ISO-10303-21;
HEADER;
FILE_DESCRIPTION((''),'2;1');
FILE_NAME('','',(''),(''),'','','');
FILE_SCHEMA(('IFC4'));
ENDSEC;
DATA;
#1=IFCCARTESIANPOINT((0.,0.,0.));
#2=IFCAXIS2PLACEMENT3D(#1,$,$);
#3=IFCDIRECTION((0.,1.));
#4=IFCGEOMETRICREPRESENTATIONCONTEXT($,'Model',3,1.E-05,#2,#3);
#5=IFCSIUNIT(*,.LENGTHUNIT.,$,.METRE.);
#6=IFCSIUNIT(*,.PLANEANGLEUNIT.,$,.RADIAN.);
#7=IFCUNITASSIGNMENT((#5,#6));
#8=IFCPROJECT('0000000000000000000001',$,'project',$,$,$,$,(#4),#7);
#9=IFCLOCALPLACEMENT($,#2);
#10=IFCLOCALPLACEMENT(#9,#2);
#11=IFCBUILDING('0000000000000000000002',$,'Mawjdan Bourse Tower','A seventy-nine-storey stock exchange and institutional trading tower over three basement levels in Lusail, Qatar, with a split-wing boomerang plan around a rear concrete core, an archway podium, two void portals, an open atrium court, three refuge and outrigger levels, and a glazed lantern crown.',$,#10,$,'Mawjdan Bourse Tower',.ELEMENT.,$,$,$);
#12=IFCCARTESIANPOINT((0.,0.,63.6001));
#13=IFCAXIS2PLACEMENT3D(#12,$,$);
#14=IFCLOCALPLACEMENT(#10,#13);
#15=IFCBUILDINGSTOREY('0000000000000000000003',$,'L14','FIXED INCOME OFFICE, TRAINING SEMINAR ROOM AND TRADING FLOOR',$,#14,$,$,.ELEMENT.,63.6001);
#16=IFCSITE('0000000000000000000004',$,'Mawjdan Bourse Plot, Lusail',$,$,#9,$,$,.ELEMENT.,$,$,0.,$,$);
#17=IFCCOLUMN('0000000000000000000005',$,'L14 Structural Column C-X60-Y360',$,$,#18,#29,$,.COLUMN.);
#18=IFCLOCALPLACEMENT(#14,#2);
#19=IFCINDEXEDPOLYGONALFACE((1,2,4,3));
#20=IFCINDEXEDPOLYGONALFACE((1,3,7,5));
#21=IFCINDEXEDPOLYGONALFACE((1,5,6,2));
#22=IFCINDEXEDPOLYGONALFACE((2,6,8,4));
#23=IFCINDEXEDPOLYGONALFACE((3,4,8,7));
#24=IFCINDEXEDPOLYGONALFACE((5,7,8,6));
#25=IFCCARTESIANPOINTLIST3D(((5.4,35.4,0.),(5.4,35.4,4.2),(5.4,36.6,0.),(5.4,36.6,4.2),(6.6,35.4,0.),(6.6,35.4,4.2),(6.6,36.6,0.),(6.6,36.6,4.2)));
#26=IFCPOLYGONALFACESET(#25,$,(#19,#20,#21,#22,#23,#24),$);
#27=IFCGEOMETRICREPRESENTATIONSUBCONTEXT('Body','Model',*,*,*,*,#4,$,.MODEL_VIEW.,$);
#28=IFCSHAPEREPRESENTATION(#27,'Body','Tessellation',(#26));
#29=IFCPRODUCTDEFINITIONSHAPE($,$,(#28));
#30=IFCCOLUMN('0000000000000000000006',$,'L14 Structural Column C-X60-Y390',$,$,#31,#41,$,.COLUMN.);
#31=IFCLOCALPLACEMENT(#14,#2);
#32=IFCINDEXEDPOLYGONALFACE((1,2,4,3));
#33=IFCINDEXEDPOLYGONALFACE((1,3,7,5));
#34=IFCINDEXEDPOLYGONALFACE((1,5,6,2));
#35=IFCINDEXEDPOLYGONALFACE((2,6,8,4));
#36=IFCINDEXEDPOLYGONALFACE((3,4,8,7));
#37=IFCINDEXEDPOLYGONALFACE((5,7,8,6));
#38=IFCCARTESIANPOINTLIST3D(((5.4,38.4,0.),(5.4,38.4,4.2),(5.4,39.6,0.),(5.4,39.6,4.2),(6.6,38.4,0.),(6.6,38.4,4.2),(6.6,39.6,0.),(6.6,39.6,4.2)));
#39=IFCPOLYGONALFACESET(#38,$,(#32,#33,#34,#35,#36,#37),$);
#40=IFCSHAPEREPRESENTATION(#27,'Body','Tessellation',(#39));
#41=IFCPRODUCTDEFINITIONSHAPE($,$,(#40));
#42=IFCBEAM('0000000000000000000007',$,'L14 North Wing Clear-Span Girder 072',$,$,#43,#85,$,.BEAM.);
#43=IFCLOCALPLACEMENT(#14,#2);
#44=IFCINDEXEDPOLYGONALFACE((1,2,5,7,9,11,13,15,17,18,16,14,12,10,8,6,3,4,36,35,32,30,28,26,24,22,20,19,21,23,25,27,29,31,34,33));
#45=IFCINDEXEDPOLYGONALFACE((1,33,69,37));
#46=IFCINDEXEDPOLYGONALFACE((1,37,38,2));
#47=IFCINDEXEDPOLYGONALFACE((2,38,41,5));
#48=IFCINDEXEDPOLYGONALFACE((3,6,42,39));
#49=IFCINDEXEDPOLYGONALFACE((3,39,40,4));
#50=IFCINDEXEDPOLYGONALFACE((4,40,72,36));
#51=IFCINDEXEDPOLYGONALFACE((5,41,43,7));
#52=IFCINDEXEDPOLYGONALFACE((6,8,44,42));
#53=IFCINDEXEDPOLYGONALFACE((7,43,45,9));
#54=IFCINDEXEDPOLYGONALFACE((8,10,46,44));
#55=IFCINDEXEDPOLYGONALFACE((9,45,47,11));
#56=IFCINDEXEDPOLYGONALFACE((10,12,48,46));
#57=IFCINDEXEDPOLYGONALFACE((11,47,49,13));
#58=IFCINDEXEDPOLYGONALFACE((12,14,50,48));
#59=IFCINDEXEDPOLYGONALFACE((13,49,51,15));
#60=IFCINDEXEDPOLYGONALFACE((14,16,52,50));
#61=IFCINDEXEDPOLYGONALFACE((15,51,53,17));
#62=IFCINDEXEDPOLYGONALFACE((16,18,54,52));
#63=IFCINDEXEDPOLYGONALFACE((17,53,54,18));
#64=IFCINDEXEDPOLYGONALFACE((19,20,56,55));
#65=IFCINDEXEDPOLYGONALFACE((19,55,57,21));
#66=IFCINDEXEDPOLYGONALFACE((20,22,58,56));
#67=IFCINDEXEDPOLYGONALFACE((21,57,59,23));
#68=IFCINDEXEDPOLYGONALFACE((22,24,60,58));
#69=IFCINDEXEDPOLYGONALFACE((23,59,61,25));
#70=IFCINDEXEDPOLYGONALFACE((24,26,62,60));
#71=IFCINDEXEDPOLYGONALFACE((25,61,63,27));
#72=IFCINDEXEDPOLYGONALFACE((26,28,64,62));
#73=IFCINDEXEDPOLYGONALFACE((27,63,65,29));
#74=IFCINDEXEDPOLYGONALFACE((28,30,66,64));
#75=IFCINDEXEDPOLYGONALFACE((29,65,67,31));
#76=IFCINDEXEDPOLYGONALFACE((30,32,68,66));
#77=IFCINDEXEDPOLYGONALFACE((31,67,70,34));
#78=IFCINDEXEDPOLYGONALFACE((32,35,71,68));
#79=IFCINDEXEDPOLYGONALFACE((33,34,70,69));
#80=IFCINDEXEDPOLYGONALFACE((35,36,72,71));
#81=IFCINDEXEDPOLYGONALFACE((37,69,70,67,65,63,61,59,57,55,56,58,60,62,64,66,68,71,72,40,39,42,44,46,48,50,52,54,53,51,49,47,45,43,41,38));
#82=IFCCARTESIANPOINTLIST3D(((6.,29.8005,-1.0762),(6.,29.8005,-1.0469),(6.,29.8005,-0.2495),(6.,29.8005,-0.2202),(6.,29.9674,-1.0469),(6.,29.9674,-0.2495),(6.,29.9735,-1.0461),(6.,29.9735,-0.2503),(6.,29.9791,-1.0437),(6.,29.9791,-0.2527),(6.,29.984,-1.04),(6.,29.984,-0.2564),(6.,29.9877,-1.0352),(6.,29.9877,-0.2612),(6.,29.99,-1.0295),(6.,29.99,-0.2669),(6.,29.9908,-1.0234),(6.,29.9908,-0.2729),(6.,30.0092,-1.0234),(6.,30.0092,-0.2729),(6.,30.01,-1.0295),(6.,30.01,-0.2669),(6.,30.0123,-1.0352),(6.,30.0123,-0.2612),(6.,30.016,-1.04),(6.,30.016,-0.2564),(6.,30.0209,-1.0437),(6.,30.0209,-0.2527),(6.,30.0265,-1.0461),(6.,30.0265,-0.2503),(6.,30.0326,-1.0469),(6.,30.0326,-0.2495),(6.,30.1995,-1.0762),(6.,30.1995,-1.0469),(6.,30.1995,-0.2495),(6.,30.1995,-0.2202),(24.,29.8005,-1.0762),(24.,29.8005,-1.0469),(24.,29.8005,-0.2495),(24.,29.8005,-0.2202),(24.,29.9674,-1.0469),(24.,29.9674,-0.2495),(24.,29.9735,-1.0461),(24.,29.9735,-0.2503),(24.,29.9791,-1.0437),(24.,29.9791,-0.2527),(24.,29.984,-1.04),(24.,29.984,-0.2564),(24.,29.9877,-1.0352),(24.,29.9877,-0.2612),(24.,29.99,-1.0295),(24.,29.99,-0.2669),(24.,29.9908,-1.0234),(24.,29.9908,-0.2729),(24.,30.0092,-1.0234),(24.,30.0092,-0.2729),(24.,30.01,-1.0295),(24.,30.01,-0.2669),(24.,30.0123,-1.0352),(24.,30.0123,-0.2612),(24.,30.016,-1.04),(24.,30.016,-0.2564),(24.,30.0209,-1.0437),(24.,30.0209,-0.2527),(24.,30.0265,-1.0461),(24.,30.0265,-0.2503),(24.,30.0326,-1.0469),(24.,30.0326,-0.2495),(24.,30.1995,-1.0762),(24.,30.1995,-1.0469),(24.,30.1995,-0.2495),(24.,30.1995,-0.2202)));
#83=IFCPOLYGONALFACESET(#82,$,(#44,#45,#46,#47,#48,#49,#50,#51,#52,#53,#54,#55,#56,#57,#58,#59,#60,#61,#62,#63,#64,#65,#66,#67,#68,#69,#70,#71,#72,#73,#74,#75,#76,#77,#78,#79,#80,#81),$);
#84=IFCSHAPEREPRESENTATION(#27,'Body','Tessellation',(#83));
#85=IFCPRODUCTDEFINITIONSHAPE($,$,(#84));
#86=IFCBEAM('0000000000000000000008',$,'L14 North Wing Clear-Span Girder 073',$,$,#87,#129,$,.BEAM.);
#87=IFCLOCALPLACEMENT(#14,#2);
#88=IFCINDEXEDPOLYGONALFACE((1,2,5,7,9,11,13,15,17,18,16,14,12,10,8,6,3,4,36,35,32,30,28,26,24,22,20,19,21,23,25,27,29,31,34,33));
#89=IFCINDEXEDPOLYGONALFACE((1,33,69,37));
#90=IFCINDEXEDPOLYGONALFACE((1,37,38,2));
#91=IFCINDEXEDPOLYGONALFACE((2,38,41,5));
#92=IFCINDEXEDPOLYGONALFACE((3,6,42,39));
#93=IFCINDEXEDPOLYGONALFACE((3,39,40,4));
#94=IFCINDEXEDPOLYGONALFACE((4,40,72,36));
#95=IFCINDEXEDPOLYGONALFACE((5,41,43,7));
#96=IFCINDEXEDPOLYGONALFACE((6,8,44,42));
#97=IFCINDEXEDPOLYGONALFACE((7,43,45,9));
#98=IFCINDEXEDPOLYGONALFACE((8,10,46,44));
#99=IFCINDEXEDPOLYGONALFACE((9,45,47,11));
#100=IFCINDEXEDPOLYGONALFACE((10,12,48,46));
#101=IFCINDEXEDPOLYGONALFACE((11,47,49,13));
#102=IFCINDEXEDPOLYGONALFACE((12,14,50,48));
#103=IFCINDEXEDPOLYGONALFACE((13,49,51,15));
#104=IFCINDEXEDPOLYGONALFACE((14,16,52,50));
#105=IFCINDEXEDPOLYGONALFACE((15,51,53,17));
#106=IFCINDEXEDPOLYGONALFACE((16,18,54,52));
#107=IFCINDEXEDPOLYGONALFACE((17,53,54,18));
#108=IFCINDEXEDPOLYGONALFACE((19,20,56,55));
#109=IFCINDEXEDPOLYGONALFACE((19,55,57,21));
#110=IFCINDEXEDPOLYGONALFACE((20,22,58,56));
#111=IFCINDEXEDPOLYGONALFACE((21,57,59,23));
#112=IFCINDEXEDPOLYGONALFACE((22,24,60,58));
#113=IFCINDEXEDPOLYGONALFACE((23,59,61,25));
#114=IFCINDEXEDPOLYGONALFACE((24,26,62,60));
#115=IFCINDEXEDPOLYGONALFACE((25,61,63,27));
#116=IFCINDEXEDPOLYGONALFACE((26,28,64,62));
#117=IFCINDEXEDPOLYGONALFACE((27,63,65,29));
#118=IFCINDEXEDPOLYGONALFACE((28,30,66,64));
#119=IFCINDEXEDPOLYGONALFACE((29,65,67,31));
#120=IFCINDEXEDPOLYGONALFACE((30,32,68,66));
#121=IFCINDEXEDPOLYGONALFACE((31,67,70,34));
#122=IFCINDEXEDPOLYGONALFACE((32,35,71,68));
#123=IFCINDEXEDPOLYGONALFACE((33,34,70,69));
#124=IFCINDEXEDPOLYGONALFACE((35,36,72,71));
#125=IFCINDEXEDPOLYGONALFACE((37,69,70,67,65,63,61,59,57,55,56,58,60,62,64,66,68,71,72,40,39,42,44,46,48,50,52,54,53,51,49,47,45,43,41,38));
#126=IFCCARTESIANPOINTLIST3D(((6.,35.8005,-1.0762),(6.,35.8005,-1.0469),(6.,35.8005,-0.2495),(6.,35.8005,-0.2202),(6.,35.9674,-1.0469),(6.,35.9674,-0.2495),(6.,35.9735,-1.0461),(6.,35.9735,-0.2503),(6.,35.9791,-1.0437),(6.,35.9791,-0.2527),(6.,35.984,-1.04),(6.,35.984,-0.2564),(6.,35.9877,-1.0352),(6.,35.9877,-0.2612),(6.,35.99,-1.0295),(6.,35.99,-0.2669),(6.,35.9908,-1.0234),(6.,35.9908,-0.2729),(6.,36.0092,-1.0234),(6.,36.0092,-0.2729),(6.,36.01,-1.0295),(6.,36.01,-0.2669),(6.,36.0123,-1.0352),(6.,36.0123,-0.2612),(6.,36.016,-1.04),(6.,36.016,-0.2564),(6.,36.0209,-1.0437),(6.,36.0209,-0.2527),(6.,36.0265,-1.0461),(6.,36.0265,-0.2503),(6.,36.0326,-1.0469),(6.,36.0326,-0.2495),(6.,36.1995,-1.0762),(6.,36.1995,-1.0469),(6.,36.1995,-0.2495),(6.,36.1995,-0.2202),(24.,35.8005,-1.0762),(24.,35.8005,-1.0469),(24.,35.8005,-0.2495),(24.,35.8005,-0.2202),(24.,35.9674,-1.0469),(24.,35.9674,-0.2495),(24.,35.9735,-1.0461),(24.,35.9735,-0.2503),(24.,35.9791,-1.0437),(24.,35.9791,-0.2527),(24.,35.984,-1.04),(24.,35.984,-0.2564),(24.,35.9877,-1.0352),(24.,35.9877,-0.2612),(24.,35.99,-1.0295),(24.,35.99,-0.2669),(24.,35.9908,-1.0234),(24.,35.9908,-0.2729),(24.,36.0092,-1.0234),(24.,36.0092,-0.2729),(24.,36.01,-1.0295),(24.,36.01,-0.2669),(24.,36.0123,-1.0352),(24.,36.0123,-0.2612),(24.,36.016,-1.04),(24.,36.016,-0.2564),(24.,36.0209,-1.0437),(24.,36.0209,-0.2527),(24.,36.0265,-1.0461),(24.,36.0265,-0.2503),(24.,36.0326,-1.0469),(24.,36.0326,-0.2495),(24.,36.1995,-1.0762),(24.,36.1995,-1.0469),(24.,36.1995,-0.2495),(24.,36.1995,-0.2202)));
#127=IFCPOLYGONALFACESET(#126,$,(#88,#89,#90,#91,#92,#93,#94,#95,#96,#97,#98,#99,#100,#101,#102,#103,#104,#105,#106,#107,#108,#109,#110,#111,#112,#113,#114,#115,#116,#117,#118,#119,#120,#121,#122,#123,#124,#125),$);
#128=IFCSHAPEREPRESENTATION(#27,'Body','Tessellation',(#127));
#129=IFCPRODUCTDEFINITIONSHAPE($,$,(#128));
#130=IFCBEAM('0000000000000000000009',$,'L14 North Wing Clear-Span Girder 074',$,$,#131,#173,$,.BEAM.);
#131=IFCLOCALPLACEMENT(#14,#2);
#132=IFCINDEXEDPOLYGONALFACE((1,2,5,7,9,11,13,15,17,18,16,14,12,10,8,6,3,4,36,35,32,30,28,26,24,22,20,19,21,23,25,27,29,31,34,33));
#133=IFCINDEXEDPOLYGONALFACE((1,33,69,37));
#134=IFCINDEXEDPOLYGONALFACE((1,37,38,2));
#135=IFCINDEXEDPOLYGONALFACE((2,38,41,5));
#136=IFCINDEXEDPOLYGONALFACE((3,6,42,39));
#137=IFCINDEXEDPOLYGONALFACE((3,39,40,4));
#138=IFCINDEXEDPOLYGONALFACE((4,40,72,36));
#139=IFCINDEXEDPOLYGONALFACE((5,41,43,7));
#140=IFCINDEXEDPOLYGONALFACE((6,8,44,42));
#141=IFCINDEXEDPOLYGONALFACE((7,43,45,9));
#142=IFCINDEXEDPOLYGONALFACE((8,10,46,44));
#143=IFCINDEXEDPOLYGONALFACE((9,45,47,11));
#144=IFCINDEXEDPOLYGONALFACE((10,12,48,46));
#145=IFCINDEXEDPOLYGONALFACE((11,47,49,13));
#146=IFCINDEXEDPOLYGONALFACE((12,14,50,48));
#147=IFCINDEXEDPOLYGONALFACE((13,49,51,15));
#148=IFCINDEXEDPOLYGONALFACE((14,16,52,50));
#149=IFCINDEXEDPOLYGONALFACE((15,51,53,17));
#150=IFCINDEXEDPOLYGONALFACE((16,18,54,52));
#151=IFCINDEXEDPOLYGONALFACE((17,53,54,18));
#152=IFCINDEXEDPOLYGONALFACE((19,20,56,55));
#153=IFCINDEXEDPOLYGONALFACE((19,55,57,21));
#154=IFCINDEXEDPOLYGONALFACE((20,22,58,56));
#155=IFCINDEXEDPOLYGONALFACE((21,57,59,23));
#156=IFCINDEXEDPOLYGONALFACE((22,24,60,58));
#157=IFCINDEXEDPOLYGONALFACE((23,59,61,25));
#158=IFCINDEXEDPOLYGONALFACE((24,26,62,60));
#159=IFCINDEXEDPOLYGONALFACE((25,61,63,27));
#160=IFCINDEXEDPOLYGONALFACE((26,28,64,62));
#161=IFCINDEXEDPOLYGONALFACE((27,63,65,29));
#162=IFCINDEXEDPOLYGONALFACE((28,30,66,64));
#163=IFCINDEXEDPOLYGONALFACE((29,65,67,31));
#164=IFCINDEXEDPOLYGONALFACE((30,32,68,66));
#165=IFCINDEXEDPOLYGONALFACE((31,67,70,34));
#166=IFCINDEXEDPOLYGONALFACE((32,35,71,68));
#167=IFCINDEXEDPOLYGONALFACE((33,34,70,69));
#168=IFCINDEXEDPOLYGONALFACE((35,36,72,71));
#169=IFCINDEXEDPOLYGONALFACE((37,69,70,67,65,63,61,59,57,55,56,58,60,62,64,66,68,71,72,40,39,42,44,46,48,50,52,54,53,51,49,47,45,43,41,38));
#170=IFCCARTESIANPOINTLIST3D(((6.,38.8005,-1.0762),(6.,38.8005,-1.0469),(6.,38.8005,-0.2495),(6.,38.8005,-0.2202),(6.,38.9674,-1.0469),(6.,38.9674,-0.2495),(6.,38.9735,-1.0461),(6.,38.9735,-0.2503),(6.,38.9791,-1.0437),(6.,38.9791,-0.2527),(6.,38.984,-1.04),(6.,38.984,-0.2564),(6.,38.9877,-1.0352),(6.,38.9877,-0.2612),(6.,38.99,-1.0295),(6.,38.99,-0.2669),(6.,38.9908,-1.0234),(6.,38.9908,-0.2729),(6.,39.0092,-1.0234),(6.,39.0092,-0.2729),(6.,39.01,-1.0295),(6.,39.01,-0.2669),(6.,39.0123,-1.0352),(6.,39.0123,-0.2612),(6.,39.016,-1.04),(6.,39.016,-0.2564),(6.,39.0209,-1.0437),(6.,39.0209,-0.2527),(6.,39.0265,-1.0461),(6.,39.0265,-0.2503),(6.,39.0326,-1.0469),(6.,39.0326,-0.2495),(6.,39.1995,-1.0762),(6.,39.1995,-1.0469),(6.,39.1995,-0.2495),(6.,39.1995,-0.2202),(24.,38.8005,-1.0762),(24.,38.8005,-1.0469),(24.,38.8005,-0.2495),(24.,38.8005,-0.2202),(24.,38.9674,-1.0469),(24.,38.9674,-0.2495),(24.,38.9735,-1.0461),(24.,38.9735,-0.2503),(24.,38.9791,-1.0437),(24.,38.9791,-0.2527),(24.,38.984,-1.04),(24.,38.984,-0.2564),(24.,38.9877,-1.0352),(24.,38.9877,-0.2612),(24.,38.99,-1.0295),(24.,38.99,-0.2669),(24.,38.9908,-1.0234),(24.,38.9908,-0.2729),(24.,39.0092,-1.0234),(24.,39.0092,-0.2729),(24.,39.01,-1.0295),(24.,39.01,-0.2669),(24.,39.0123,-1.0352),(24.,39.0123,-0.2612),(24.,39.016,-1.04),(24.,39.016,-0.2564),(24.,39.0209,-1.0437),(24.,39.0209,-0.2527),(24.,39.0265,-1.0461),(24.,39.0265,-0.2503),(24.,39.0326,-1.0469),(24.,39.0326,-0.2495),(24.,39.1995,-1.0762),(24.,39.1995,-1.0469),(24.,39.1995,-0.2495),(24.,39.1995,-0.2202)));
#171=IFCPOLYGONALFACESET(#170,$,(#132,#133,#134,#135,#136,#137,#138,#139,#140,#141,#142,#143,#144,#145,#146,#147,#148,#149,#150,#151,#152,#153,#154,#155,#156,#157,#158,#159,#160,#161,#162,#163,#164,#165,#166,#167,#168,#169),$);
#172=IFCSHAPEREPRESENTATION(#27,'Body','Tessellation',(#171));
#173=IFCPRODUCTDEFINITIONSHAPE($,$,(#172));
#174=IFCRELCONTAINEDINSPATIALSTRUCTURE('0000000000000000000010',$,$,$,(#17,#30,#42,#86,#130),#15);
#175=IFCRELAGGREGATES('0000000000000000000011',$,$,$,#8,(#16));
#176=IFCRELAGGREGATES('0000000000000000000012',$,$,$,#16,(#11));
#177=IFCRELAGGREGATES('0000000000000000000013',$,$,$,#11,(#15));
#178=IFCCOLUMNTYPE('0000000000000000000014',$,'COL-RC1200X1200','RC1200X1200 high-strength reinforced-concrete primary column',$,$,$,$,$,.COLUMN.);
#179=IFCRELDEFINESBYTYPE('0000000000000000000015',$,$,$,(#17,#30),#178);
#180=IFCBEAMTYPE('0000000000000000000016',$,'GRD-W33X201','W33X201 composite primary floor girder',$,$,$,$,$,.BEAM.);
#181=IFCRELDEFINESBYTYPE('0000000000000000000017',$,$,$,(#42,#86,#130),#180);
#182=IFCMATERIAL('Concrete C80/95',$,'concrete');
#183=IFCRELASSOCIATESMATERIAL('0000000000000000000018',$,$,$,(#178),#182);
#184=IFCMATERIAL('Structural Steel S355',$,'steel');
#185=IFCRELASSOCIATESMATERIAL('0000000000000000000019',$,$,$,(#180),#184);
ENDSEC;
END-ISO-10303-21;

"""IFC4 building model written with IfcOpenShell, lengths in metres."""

from ifc_helpers import new_model, si_unit, direction, frame, origin, origin_2d, place, context, subcontext, project, spatial, rectangle, i_section, extrude, material, material_profile, profile_set, type_object, element, save


model = new_model("IFC4")

# Units and contexts
model_context = context("Model", 3, precision=1e-05, world=origin(), true_north=direction((0.0, 1.0)))
body_context = subcontext(model_context, "Body", "Model", "MODEL_VIEW")
ifc_project = project(units=[si_unit("LENGTHUNIT", "METRE"), si_unit("PLANEANGLEUNIT", "RADIAN")], contexts=[model_context])

# Site, building, storey
site_placement = place(None, origin())
site = spatial("IfcSite", under=ifc_project, at=site_placement, Name="Mawjdan Bourse Plot, Lusail", CompositionType="ELEMENT", RefElevation=0.0)
building_placement = place(site_placement, origin())
building = spatial("IfcBuilding", under=site, at=building_placement, Name="Mawjdan Bourse Tower", Description="A seventy-nine-storey stock exchange and institutional trading tower over three basement levels in Lusail, Qatar, with a split-wing boomerang plan around a rear concrete core, an archway podium, two void portals, an open atrium court, three refuge and outrigger levels, and a glazed lantern crown.", LongName="Mawjdan Bourse Tower", CompositionType="ELEMENT")
storey_placement = place(building_placement, frame((0.0, 0.0, 63.6001)))
storey = spatial("IfcBuildingStorey", under=building, at=storey_placement, Name="L14", Description="FIXED INCOME OFFICE, TRAINING SEMINAR ROOM AND TRADING FLOOR", CompositionType="ELEMENT", Elevation=63.6001)

# Columns
ifc_material_1 = material(Name="Concrete C80/95", Category="concrete")
ifc_material_profile_1 = material_profile(ifc_material_1, rectangle(XDim=1.2, YDim=1.2, at=origin_2d()), Name="RC1200X1200")
ifc_profile_set_1 = profile_set([ifc_material_profile_1], Name="Concrete C80/95")
column_type = type_object("IfcColumnType", Name="COL-RC1200X1200", Description="RC1200X1200 high-strength reinforced-concrete primary column", PredefinedType="COLUMN", material=ifc_profile_set_1)
for number, where, z_axis, x_axis, name in (
    (1, (6.0, 36.0, 0.0), (0.0, 0.0, 1.0), (1.0, 0.0, 0.0), "L14 Structural Column C-X60-Y360"),
    (2, (6.0, 39.0, 0.0), (0.0, 0.0, 1.0), (1.0, 0.0, 0.0), "L14 Structural Column C-X60-Y390"),
):
    element("IfcColumn", number, at=place(storey_placement, frame(where, z_axis=z_axis, x_axis=x_axis)), inside=storey, type_object=column_type, Name=name, PredefinedType="COLUMN", context=body_context, shape_type="SweptSolid", body=[
        extrude(rectangle(XDim=1.2, YDim=1.2, at=origin_2d()), origin(), (0.0, 0.0, 1.0), 4.2),
    ])

# Beams
ifc_material_2 = material(Name="Structural Steel S355", Category="steel")
ifc_material_profile_2 = material_profile(ifc_material_2, i_section(OverallWidth=0.3989, OverallDepth=0.856, WebThickness=0.0183, FlangeThickness=0.0293, FilletRadius=0.0234, at=origin_2d()), Name="W33X201")
ifc_profile_set_2 = profile_set([ifc_material_profile_2], Name="Structural Steel S355")
beam_type_1 = type_object("IfcBeamType", Name="GRD-W33X201", Description="W33X201 composite primary floor girder", PredefinedType="BEAM", material=ifc_profile_set_2)
for number, where, z_axis, x_axis, name in (
    (3, (6.0, 30.0, -0.6482), (1.0, 0.0, 0.0), (0.0, 1.0, 0.0), "L14 North Wing Clear-Span Girder 072"),
    (4, (6.0, 36.0, -0.6482), (1.0, 0.0, 0.0), (0.0, 1.0, 0.0), "L14 North Wing Clear-Span Girder 073"),
    (5, (6.0, 39.0, -0.6482), (1.0, 0.0, 0.0), (0.0, 1.0, 0.0), "L14 North Wing Clear-Span Girder 074"),
):
    element("IfcBeam", number, at=place(storey_placement, frame(where, z_axis=z_axis, x_axis=x_axis)), inside=storey, type_object=beam_type_1, Name=name, PredefinedType="BEAM", context=body_context, shape_type="SweptSolid", body=[
        extrude(i_section(OverallWidth=0.3989, OverallDepth=0.856, WebThickness=0.0183, FlangeThickness=0.0293, FilletRadius=0.0234, at=origin_2d()), origin(), (0.0, 0.0, 1.0), 18.0),
    ])

save(model, "model.ifc")
